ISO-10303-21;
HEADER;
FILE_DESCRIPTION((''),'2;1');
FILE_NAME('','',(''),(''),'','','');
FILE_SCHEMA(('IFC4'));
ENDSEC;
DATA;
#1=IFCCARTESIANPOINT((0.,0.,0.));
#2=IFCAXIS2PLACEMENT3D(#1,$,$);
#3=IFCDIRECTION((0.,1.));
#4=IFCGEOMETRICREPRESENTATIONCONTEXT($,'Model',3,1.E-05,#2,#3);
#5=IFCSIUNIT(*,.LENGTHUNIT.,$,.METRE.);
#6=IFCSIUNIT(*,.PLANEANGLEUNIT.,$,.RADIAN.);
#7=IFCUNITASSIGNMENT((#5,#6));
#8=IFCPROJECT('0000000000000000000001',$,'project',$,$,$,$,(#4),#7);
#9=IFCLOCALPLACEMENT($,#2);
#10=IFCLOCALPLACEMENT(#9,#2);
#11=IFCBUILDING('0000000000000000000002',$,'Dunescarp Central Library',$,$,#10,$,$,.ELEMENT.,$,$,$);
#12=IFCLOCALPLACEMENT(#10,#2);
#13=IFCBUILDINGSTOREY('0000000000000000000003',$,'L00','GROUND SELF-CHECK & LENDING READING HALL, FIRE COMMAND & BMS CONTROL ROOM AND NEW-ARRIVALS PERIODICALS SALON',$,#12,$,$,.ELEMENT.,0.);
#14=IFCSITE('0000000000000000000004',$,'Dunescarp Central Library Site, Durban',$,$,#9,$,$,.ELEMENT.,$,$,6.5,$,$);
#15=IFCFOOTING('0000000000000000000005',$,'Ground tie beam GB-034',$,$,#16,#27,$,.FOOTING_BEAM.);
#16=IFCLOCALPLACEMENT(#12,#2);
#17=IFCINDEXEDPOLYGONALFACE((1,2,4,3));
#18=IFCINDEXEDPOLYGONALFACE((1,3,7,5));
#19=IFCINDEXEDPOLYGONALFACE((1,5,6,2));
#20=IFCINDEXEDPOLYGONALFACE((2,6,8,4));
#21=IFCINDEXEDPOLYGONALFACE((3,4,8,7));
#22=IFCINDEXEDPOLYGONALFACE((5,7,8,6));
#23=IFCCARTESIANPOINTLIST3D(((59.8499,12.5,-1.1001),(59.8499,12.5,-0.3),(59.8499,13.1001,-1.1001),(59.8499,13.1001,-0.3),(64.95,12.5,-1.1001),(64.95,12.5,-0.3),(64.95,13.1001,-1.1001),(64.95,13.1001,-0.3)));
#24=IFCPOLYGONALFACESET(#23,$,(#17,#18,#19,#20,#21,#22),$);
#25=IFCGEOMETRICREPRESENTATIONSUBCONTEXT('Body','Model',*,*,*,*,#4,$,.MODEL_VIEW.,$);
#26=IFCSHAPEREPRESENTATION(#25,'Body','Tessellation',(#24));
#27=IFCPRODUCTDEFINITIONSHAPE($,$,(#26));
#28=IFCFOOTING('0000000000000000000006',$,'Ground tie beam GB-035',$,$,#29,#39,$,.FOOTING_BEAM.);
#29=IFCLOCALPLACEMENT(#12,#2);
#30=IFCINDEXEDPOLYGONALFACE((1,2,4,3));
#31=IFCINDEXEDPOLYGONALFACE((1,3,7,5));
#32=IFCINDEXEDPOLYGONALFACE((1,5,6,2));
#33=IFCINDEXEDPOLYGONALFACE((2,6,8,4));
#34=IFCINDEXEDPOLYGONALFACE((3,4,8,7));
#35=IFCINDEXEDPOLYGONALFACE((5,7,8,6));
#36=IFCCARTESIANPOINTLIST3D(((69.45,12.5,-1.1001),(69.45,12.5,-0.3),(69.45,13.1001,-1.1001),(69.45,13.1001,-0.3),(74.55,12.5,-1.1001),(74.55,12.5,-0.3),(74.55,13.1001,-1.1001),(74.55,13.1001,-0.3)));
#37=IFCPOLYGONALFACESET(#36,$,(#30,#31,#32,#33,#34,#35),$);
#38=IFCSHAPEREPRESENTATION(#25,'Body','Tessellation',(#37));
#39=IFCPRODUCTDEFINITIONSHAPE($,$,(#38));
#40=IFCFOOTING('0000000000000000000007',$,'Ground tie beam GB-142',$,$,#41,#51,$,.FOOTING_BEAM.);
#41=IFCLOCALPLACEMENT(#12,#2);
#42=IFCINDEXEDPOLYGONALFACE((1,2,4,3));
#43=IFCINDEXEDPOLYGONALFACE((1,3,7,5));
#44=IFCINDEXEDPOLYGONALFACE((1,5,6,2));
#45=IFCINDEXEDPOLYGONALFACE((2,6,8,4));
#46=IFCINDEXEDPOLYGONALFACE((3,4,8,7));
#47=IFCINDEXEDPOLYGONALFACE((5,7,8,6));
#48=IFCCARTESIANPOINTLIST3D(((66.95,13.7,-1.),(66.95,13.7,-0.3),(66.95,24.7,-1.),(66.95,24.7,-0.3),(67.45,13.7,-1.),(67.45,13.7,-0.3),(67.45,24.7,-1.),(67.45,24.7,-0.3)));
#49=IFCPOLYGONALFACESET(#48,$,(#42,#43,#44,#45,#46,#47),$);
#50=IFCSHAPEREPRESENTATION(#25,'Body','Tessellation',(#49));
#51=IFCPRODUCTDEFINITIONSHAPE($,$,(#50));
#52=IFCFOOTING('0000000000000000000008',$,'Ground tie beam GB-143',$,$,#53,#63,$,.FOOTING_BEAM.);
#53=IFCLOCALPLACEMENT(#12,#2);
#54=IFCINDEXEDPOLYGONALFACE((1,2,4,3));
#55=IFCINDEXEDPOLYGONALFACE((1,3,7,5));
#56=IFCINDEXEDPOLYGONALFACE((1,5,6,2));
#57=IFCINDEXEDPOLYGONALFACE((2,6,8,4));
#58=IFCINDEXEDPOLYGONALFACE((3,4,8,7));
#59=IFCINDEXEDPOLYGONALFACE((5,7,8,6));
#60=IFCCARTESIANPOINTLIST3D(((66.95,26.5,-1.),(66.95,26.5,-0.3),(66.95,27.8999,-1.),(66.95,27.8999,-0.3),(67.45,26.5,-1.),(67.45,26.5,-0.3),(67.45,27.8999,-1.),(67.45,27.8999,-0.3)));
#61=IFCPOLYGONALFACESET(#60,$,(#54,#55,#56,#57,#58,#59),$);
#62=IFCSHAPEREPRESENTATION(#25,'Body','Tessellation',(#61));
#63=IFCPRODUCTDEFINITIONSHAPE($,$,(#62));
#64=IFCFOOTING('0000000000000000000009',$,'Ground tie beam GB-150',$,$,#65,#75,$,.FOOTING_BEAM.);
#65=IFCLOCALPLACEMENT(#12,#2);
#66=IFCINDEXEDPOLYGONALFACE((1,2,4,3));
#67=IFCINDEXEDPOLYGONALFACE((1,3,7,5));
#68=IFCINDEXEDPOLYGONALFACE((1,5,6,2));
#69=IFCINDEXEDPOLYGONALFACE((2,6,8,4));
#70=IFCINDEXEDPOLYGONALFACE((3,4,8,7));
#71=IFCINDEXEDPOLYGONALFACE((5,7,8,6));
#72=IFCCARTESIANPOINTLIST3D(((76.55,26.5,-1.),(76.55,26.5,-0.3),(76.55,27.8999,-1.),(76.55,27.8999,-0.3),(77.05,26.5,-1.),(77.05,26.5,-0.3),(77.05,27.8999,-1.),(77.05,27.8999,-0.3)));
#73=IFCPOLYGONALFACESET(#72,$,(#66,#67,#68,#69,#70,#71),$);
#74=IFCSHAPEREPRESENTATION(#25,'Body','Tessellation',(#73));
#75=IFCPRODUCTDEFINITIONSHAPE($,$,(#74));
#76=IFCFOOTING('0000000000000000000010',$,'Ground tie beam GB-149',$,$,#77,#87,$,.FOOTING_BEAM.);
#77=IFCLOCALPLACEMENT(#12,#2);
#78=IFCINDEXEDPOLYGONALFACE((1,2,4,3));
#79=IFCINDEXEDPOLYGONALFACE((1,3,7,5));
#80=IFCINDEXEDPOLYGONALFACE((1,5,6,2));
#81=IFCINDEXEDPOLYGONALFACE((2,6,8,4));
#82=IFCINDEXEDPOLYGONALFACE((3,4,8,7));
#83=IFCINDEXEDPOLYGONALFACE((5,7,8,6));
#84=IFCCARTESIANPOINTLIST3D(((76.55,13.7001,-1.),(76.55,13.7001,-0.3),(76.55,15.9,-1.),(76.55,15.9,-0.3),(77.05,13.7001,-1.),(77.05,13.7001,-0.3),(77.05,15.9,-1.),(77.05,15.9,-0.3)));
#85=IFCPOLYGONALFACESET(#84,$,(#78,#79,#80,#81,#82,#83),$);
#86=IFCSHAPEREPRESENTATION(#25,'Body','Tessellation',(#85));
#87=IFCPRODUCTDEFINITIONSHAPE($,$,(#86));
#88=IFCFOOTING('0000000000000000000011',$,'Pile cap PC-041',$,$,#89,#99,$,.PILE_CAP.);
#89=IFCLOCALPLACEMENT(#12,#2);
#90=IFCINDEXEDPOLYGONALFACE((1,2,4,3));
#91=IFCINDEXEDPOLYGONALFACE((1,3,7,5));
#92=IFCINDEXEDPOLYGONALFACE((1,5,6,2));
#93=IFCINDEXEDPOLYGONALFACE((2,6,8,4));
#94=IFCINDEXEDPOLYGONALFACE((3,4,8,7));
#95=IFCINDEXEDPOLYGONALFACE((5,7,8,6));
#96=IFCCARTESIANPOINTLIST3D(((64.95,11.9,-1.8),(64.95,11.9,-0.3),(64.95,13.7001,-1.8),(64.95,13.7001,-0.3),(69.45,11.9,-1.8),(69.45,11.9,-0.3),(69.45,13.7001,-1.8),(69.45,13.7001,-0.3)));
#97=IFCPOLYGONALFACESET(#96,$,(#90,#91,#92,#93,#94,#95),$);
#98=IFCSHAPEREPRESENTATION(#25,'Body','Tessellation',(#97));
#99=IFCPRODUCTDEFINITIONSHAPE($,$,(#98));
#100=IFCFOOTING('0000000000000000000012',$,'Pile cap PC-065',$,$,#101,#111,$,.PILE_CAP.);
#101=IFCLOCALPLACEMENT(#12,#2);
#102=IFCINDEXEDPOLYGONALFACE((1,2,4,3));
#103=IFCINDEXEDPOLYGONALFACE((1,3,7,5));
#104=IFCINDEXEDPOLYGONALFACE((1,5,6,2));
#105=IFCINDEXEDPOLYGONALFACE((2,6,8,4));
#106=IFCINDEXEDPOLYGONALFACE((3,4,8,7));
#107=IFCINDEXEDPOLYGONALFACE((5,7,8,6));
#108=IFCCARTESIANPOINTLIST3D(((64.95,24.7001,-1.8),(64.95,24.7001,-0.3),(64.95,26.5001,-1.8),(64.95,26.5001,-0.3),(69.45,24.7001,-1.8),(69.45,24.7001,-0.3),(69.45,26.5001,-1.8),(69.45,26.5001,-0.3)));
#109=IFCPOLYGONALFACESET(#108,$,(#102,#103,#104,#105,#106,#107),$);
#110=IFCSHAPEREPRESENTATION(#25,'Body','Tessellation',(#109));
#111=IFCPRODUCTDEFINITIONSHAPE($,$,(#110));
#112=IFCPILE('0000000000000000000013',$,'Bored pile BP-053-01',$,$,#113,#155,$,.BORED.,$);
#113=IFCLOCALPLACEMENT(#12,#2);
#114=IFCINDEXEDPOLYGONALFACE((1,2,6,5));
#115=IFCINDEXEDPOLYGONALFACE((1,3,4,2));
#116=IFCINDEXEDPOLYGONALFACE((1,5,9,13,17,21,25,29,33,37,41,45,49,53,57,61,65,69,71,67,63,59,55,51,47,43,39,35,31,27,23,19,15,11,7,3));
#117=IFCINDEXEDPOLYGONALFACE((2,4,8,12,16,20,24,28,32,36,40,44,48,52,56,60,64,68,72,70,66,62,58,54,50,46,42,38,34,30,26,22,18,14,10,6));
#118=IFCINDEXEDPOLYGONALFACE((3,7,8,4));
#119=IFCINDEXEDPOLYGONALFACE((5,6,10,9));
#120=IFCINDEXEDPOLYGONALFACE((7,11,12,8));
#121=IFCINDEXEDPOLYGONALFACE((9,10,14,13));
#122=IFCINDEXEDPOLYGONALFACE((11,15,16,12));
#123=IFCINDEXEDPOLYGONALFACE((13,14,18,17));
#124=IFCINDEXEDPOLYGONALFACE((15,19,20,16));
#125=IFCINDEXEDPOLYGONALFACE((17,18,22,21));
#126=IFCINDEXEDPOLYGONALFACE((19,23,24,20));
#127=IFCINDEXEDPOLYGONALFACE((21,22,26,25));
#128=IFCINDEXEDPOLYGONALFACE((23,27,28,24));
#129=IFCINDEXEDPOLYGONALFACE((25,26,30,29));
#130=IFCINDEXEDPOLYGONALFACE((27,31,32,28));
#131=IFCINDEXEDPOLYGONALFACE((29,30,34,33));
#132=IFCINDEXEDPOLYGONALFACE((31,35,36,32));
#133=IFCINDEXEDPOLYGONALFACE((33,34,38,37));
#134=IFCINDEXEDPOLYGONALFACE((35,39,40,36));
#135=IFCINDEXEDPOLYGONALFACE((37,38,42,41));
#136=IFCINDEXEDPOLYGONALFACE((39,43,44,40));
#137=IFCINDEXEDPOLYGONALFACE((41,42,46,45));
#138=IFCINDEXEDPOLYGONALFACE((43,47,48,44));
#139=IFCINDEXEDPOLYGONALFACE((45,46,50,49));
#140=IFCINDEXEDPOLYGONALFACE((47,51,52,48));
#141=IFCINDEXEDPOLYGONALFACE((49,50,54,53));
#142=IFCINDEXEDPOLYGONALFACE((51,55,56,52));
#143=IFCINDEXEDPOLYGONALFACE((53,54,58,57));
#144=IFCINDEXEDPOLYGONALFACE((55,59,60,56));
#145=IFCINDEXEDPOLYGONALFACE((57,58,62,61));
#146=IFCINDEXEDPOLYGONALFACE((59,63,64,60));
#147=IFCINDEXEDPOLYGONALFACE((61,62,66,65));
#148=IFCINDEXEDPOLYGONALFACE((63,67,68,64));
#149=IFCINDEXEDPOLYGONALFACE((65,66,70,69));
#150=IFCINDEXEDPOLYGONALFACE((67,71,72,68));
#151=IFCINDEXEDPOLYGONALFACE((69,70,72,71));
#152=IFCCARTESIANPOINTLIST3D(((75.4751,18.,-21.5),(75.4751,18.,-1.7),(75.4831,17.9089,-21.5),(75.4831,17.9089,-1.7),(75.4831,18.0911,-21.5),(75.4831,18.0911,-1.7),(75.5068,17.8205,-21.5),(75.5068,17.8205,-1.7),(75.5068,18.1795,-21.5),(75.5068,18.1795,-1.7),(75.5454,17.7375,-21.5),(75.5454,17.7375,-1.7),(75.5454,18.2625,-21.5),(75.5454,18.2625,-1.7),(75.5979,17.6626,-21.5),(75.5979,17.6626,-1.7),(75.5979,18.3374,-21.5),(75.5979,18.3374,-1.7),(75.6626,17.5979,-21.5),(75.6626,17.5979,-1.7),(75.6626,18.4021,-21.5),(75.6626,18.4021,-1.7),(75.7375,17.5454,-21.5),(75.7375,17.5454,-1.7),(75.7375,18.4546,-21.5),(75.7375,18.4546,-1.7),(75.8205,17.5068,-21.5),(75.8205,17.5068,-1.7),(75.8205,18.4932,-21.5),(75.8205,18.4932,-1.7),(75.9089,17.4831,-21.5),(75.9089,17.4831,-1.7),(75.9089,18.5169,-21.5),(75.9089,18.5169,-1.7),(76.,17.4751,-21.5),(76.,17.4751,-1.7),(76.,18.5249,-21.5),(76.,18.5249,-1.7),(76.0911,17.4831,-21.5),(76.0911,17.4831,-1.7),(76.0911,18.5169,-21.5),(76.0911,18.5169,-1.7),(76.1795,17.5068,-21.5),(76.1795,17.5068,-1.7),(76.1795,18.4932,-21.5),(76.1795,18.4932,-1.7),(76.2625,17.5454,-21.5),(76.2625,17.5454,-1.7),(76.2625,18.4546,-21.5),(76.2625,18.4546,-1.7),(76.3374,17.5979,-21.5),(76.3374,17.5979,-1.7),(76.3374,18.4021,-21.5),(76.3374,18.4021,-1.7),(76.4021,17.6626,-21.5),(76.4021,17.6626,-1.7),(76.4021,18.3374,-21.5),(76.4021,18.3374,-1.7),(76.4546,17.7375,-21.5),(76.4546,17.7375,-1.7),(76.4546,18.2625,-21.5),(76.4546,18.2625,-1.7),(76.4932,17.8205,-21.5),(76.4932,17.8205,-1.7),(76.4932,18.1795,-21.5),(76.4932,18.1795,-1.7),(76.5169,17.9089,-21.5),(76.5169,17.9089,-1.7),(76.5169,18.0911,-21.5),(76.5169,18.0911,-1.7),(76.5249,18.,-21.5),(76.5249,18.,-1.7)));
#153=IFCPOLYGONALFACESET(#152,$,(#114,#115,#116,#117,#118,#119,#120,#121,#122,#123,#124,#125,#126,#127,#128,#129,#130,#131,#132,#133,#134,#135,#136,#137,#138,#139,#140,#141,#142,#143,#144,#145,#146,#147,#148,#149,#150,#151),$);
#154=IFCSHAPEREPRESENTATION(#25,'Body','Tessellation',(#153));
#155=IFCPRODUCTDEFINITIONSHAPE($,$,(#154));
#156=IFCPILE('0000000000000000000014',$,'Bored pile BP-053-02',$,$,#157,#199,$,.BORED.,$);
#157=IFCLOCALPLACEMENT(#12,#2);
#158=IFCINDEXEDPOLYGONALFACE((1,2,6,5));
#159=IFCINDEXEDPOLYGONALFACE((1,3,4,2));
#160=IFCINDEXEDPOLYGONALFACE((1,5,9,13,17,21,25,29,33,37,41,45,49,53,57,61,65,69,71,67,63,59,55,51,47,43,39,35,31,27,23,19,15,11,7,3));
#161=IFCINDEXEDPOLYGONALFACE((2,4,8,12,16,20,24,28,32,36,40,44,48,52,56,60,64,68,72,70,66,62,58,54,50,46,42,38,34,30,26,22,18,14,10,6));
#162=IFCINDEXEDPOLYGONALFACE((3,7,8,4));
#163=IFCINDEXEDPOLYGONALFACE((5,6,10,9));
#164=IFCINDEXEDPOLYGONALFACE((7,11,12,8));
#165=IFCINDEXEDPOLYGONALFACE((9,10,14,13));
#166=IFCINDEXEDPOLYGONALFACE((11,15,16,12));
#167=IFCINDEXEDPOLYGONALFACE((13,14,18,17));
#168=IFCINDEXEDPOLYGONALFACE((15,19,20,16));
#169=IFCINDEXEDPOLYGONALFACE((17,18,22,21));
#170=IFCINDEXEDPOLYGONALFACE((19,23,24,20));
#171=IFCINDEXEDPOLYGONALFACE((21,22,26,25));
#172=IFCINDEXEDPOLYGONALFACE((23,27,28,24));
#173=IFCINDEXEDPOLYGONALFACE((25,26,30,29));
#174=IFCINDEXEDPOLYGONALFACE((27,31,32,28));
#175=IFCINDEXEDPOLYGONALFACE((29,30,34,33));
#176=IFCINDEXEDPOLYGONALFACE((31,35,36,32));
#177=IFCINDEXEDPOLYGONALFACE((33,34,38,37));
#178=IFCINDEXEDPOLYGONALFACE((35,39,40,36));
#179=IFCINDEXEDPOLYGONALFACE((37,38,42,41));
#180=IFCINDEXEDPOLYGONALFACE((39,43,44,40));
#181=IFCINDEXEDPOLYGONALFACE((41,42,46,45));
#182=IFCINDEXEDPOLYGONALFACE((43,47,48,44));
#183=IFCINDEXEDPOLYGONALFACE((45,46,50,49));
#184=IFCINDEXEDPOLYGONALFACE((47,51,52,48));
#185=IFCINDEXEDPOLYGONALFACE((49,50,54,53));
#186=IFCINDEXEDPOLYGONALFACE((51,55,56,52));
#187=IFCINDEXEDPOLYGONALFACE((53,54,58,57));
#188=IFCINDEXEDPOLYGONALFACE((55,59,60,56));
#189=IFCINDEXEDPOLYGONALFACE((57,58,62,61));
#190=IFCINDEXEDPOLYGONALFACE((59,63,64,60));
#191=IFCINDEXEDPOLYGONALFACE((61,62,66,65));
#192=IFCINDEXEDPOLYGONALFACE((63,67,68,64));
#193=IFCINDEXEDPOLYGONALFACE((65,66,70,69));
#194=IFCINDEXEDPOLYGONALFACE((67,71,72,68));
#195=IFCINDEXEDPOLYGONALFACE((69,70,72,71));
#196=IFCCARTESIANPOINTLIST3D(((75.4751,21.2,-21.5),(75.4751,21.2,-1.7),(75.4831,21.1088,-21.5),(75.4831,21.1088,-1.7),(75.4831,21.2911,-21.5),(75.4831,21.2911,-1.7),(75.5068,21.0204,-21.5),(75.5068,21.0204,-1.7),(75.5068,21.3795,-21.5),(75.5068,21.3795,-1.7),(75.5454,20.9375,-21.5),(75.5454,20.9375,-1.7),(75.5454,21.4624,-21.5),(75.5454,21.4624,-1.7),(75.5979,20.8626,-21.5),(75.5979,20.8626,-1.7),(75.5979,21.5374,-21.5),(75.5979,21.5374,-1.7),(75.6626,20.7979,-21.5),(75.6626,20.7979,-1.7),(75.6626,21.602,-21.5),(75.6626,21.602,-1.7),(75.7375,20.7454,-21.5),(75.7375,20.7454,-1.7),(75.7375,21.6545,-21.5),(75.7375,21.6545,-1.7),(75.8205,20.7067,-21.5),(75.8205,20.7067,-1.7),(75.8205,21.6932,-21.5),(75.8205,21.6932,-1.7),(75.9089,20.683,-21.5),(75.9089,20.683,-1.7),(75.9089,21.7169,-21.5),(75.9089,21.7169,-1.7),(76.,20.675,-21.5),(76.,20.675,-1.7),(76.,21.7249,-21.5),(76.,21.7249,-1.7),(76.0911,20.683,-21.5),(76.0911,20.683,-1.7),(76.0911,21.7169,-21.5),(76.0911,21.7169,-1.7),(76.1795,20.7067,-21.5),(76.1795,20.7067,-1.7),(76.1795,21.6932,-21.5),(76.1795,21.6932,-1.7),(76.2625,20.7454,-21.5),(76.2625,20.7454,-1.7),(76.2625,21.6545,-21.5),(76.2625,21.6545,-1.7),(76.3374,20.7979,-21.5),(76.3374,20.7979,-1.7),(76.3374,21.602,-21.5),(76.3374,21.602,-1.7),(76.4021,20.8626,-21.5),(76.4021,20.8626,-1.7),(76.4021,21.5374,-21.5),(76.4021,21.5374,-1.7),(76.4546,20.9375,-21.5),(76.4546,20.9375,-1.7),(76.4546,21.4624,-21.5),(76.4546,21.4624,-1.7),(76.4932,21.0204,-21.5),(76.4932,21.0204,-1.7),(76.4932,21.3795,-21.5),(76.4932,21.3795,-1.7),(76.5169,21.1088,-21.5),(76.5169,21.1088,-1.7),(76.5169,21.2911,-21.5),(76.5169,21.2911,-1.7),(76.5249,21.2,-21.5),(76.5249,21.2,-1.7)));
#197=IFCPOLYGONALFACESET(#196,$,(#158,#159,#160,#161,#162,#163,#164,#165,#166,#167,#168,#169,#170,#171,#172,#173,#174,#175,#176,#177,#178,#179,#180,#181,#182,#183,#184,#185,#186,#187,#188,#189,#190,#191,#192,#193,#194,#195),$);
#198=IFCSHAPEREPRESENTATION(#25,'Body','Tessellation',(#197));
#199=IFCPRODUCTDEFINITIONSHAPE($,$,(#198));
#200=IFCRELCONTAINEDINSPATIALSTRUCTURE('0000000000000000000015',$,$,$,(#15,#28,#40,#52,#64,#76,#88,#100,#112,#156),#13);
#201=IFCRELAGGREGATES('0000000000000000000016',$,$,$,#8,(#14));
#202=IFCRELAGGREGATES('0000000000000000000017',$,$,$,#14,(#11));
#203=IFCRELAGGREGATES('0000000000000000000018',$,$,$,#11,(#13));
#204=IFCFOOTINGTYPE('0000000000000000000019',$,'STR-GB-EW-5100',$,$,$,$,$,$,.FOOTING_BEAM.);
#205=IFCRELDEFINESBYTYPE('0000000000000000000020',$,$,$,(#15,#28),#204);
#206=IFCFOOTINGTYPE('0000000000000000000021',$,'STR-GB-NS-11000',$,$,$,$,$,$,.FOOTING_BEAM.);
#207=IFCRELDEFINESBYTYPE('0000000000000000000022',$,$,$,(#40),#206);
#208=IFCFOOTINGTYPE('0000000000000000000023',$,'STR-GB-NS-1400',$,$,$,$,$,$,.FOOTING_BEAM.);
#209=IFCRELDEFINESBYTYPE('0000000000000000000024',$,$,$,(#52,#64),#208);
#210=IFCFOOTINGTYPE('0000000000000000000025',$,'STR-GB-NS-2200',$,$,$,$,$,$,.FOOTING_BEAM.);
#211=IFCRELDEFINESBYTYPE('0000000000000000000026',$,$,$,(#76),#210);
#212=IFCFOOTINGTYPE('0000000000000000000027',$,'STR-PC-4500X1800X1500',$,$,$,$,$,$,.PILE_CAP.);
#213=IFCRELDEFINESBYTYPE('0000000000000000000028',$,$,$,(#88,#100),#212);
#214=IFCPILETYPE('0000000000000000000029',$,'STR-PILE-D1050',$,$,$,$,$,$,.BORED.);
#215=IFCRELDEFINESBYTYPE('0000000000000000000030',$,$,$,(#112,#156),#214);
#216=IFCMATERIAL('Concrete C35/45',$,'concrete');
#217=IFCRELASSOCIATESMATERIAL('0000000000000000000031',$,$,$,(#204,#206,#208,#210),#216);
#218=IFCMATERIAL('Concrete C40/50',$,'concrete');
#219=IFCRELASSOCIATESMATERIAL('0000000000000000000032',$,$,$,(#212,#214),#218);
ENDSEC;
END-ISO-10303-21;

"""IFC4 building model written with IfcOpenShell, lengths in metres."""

from ifc_helpers import new_model, si_unit, direction, frame, origin, origin_2d, place, context, subcontext, project, spatial, rectangle, circle, extrude, material, material_profile, profile_set, type_object, element, save


model = new_model("IFC4")

# Units and contexts
model_context = context("Model", 3, precision=1e-05, world=origin(), true_north=direction((0.0, 1.0)))
body_context = subcontext(model_context, "Body", "Model", "MODEL_VIEW")
ifc_project = project(units=[si_unit("LENGTHUNIT", "METRE"), si_unit("PLANEANGLEUNIT", "RADIAN")], contexts=[model_context])

# Site, building, storey
site_placement = place(None, origin())
site = spatial("IfcSite", under=ifc_project, at=site_placement, Name="Dunescarp Central Library Site, Durban", CompositionType="ELEMENT", RefElevation=6.5)
building_placement = place(site_placement, origin())
building = spatial("IfcBuilding", under=site, at=building_placement, Name="Dunescarp Central Library", CompositionType="ELEMENT")
storey_placement = place(building_placement, origin())
storey = spatial("IfcBuildingStorey", under=building, at=storey_placement, Name="L00", Description="GROUND SELF-CHECK & LENDING READING HALL, FIRE COMMAND & BMS CONTROL ROOM AND NEW-ARRIVALS PERIODICALS SALON", CompositionType="ELEMENT", Elevation=0.0)

# Footings
ifc_material_1 = material(Name="Concrete C35/45", Category="concrete")
footing_type_1 = type_object("IfcFootingType", Name="STR-GB-EW-5100", PredefinedType="FOOTING_BEAM", material=ifc_material_1)
for number, where, z_axis, x_axis, name in (
    (1, (62.3999, 12.8, -1.1001), (0.0, 0.0, 1.0), (1.0, 0.0, 0.0), "Ground tie beam GB-034"),
    (2, (72.0, 12.8, -1.1001), (0.0, 0.0, 1.0), (1.0, 0.0, 0.0), "Ground tie beam GB-035"),
):
    element("IfcFooting", number, at=place(storey_placement, frame(where, z_axis=z_axis, x_axis=x_axis)), inside=storey, type_object=footing_type_1, Name=name, PredefinedType="FOOTING_BEAM", context=body_context, shape_type="SweptSolid", body=[
        extrude(rectangle(XDim=5.1001, YDim=0.6001, at=origin_2d()), origin(), (0.0, 0.0, 1.0), 0.8),
    ])
footing_type_2 = type_object("IfcFootingType", Name="STR-GB-NS-11000", PredefinedType="FOOTING_BEAM", material=ifc_material_1)
footing_1_placement = place(storey_placement, frame((67.2, 19.2, -1.0), z_axis=(0.0, 0.0, 1.0), x_axis=(0.0, 1.0, 0.0)))
element("IfcFooting", 3, at=footing_1_placement, inside=storey, type_object=footing_type_2, Name="Ground tie beam GB-142", PredefinedType="FOOTING_BEAM", context=body_context, shape_type="SweptSolid", body=[
    extrude(rectangle(XDim=11.0, YDim=0.5, at=origin_2d()), origin(), (0.0, 0.0, 1.0), 0.7),
])
footing_type_3 = type_object("IfcFootingType", Name="STR-GB-NS-1400", PredefinedType="FOOTING_BEAM", material=ifc_material_1)
for number, where, z_axis, x_axis, name in (
    (4, (67.2, 27.2, -1.0), (0.0, 0.0, 1.0), (0.0, 1.0, 0.0), "Ground tie beam GB-143"),
    (5, (76.8, 27.2, -1.0), (0.0, 0.0, 1.0), (0.0, 1.0, 0.0), "Ground tie beam GB-150"),
):
    element("IfcFooting", number, at=place(storey_placement, frame(where, z_axis=z_axis, x_axis=x_axis)), inside=storey, type_object=footing_type_3, Name=name, PredefinedType="FOOTING_BEAM", context=body_context, shape_type="SweptSolid", body=[
        extrude(rectangle(XDim=1.3999, YDim=0.5, at=origin_2d()), origin(), (0.0, 0.0, 1.0), 0.7),
    ])
footing_type_4 = type_object("IfcFootingType", Name="STR-GB-NS-2200", PredefinedType="FOOTING_BEAM", material=ifc_material_1)
footing_2_placement = place(storey_placement, frame((76.8, 14.8, -1.0), z_axis=(0.0, 0.0, 1.0), x_axis=(0.0, 1.0, 0.0)))
element("IfcFooting", 6, at=footing_2_placement, inside=storey, type_object=footing_type_4, Name="Ground tie beam GB-149", PredefinedType="FOOTING_BEAM", context=body_context, shape_type="SweptSolid", body=[
    extrude(rectangle(XDim=2.2, YDim=0.5, at=origin_2d()), origin(), (0.0, 0.0, 1.0), 0.7),
])
ifc_material_2 = material(Name="Concrete C40/50", Category="concrete")
footing_type_5 = type_object("IfcFootingType", Name="STR-PC-4500X1800X1500", PredefinedType="PILE_CAP", material=ifc_material_2)
for number, where, z_axis, x_axis, name in (
    (7, (67.2, 12.8, -1.8), (0.0, 0.0, 1.0), (1.0, 0.0, 0.0), "Pile cap PC-041"),
    (8, (67.2, 25.6001, -1.8), (0.0, 0.0, 1.0), (1.0, 0.0, 0.0), "Pile cap PC-065"),
):
    element("IfcFooting", number, at=place(storey_placement, frame(where, z_axis=z_axis, x_axis=x_axis)), inside=storey, type_object=footing_type_5, Name=name, PredefinedType="PILE_CAP", context=body_context, shape_type="SweptSolid", body=[
        extrude(rectangle(XDim=4.5, YDim=1.8, at=origin_2d()), origin(), (0.0, 0.0, 1.0), 1.5),
    ])

# Piles
ifc_material_profile_1 = material_profile(ifc_material_2, circle(Radius=0.5249, at=origin_2d()), Name="PILE D1050")
ifc_profile_set_1 = profile_set([ifc_material_profile_1], Name="Concrete C40/50")
pile_type_1 = type_object("IfcPileType", Name="STR-PILE-D1050", PredefinedType="BORED", material=ifc_profile_set_1)
for number, where, z_axis, x_axis, name in (
    (9, (76.0, 18.0, -1.7), (0.0, 0.0, -1.0), (1.0, 0.0, 0.0), "Bored pile BP-053-01"),
    (10, (76.0, 21.2, -1.7), (0.0, 0.0, -1.0), (1.0, 0.0, 0.0), "Bored pile BP-053-02"),
):
    element("IfcPile", number, at=place(storey_placement, frame(where, z_axis=z_axis, x_axis=x_axis)), inside=storey, type_object=pile_type_1, Name=name, PredefinedType="BORED", context=body_context, shape_type="SweptSolid", body=[
        extrude(circle(Radius=0.5249, at=origin_2d()), origin(), (0.0, 0.0, 1.0), 19.8),
    ])

save(model, "model.ifc")
